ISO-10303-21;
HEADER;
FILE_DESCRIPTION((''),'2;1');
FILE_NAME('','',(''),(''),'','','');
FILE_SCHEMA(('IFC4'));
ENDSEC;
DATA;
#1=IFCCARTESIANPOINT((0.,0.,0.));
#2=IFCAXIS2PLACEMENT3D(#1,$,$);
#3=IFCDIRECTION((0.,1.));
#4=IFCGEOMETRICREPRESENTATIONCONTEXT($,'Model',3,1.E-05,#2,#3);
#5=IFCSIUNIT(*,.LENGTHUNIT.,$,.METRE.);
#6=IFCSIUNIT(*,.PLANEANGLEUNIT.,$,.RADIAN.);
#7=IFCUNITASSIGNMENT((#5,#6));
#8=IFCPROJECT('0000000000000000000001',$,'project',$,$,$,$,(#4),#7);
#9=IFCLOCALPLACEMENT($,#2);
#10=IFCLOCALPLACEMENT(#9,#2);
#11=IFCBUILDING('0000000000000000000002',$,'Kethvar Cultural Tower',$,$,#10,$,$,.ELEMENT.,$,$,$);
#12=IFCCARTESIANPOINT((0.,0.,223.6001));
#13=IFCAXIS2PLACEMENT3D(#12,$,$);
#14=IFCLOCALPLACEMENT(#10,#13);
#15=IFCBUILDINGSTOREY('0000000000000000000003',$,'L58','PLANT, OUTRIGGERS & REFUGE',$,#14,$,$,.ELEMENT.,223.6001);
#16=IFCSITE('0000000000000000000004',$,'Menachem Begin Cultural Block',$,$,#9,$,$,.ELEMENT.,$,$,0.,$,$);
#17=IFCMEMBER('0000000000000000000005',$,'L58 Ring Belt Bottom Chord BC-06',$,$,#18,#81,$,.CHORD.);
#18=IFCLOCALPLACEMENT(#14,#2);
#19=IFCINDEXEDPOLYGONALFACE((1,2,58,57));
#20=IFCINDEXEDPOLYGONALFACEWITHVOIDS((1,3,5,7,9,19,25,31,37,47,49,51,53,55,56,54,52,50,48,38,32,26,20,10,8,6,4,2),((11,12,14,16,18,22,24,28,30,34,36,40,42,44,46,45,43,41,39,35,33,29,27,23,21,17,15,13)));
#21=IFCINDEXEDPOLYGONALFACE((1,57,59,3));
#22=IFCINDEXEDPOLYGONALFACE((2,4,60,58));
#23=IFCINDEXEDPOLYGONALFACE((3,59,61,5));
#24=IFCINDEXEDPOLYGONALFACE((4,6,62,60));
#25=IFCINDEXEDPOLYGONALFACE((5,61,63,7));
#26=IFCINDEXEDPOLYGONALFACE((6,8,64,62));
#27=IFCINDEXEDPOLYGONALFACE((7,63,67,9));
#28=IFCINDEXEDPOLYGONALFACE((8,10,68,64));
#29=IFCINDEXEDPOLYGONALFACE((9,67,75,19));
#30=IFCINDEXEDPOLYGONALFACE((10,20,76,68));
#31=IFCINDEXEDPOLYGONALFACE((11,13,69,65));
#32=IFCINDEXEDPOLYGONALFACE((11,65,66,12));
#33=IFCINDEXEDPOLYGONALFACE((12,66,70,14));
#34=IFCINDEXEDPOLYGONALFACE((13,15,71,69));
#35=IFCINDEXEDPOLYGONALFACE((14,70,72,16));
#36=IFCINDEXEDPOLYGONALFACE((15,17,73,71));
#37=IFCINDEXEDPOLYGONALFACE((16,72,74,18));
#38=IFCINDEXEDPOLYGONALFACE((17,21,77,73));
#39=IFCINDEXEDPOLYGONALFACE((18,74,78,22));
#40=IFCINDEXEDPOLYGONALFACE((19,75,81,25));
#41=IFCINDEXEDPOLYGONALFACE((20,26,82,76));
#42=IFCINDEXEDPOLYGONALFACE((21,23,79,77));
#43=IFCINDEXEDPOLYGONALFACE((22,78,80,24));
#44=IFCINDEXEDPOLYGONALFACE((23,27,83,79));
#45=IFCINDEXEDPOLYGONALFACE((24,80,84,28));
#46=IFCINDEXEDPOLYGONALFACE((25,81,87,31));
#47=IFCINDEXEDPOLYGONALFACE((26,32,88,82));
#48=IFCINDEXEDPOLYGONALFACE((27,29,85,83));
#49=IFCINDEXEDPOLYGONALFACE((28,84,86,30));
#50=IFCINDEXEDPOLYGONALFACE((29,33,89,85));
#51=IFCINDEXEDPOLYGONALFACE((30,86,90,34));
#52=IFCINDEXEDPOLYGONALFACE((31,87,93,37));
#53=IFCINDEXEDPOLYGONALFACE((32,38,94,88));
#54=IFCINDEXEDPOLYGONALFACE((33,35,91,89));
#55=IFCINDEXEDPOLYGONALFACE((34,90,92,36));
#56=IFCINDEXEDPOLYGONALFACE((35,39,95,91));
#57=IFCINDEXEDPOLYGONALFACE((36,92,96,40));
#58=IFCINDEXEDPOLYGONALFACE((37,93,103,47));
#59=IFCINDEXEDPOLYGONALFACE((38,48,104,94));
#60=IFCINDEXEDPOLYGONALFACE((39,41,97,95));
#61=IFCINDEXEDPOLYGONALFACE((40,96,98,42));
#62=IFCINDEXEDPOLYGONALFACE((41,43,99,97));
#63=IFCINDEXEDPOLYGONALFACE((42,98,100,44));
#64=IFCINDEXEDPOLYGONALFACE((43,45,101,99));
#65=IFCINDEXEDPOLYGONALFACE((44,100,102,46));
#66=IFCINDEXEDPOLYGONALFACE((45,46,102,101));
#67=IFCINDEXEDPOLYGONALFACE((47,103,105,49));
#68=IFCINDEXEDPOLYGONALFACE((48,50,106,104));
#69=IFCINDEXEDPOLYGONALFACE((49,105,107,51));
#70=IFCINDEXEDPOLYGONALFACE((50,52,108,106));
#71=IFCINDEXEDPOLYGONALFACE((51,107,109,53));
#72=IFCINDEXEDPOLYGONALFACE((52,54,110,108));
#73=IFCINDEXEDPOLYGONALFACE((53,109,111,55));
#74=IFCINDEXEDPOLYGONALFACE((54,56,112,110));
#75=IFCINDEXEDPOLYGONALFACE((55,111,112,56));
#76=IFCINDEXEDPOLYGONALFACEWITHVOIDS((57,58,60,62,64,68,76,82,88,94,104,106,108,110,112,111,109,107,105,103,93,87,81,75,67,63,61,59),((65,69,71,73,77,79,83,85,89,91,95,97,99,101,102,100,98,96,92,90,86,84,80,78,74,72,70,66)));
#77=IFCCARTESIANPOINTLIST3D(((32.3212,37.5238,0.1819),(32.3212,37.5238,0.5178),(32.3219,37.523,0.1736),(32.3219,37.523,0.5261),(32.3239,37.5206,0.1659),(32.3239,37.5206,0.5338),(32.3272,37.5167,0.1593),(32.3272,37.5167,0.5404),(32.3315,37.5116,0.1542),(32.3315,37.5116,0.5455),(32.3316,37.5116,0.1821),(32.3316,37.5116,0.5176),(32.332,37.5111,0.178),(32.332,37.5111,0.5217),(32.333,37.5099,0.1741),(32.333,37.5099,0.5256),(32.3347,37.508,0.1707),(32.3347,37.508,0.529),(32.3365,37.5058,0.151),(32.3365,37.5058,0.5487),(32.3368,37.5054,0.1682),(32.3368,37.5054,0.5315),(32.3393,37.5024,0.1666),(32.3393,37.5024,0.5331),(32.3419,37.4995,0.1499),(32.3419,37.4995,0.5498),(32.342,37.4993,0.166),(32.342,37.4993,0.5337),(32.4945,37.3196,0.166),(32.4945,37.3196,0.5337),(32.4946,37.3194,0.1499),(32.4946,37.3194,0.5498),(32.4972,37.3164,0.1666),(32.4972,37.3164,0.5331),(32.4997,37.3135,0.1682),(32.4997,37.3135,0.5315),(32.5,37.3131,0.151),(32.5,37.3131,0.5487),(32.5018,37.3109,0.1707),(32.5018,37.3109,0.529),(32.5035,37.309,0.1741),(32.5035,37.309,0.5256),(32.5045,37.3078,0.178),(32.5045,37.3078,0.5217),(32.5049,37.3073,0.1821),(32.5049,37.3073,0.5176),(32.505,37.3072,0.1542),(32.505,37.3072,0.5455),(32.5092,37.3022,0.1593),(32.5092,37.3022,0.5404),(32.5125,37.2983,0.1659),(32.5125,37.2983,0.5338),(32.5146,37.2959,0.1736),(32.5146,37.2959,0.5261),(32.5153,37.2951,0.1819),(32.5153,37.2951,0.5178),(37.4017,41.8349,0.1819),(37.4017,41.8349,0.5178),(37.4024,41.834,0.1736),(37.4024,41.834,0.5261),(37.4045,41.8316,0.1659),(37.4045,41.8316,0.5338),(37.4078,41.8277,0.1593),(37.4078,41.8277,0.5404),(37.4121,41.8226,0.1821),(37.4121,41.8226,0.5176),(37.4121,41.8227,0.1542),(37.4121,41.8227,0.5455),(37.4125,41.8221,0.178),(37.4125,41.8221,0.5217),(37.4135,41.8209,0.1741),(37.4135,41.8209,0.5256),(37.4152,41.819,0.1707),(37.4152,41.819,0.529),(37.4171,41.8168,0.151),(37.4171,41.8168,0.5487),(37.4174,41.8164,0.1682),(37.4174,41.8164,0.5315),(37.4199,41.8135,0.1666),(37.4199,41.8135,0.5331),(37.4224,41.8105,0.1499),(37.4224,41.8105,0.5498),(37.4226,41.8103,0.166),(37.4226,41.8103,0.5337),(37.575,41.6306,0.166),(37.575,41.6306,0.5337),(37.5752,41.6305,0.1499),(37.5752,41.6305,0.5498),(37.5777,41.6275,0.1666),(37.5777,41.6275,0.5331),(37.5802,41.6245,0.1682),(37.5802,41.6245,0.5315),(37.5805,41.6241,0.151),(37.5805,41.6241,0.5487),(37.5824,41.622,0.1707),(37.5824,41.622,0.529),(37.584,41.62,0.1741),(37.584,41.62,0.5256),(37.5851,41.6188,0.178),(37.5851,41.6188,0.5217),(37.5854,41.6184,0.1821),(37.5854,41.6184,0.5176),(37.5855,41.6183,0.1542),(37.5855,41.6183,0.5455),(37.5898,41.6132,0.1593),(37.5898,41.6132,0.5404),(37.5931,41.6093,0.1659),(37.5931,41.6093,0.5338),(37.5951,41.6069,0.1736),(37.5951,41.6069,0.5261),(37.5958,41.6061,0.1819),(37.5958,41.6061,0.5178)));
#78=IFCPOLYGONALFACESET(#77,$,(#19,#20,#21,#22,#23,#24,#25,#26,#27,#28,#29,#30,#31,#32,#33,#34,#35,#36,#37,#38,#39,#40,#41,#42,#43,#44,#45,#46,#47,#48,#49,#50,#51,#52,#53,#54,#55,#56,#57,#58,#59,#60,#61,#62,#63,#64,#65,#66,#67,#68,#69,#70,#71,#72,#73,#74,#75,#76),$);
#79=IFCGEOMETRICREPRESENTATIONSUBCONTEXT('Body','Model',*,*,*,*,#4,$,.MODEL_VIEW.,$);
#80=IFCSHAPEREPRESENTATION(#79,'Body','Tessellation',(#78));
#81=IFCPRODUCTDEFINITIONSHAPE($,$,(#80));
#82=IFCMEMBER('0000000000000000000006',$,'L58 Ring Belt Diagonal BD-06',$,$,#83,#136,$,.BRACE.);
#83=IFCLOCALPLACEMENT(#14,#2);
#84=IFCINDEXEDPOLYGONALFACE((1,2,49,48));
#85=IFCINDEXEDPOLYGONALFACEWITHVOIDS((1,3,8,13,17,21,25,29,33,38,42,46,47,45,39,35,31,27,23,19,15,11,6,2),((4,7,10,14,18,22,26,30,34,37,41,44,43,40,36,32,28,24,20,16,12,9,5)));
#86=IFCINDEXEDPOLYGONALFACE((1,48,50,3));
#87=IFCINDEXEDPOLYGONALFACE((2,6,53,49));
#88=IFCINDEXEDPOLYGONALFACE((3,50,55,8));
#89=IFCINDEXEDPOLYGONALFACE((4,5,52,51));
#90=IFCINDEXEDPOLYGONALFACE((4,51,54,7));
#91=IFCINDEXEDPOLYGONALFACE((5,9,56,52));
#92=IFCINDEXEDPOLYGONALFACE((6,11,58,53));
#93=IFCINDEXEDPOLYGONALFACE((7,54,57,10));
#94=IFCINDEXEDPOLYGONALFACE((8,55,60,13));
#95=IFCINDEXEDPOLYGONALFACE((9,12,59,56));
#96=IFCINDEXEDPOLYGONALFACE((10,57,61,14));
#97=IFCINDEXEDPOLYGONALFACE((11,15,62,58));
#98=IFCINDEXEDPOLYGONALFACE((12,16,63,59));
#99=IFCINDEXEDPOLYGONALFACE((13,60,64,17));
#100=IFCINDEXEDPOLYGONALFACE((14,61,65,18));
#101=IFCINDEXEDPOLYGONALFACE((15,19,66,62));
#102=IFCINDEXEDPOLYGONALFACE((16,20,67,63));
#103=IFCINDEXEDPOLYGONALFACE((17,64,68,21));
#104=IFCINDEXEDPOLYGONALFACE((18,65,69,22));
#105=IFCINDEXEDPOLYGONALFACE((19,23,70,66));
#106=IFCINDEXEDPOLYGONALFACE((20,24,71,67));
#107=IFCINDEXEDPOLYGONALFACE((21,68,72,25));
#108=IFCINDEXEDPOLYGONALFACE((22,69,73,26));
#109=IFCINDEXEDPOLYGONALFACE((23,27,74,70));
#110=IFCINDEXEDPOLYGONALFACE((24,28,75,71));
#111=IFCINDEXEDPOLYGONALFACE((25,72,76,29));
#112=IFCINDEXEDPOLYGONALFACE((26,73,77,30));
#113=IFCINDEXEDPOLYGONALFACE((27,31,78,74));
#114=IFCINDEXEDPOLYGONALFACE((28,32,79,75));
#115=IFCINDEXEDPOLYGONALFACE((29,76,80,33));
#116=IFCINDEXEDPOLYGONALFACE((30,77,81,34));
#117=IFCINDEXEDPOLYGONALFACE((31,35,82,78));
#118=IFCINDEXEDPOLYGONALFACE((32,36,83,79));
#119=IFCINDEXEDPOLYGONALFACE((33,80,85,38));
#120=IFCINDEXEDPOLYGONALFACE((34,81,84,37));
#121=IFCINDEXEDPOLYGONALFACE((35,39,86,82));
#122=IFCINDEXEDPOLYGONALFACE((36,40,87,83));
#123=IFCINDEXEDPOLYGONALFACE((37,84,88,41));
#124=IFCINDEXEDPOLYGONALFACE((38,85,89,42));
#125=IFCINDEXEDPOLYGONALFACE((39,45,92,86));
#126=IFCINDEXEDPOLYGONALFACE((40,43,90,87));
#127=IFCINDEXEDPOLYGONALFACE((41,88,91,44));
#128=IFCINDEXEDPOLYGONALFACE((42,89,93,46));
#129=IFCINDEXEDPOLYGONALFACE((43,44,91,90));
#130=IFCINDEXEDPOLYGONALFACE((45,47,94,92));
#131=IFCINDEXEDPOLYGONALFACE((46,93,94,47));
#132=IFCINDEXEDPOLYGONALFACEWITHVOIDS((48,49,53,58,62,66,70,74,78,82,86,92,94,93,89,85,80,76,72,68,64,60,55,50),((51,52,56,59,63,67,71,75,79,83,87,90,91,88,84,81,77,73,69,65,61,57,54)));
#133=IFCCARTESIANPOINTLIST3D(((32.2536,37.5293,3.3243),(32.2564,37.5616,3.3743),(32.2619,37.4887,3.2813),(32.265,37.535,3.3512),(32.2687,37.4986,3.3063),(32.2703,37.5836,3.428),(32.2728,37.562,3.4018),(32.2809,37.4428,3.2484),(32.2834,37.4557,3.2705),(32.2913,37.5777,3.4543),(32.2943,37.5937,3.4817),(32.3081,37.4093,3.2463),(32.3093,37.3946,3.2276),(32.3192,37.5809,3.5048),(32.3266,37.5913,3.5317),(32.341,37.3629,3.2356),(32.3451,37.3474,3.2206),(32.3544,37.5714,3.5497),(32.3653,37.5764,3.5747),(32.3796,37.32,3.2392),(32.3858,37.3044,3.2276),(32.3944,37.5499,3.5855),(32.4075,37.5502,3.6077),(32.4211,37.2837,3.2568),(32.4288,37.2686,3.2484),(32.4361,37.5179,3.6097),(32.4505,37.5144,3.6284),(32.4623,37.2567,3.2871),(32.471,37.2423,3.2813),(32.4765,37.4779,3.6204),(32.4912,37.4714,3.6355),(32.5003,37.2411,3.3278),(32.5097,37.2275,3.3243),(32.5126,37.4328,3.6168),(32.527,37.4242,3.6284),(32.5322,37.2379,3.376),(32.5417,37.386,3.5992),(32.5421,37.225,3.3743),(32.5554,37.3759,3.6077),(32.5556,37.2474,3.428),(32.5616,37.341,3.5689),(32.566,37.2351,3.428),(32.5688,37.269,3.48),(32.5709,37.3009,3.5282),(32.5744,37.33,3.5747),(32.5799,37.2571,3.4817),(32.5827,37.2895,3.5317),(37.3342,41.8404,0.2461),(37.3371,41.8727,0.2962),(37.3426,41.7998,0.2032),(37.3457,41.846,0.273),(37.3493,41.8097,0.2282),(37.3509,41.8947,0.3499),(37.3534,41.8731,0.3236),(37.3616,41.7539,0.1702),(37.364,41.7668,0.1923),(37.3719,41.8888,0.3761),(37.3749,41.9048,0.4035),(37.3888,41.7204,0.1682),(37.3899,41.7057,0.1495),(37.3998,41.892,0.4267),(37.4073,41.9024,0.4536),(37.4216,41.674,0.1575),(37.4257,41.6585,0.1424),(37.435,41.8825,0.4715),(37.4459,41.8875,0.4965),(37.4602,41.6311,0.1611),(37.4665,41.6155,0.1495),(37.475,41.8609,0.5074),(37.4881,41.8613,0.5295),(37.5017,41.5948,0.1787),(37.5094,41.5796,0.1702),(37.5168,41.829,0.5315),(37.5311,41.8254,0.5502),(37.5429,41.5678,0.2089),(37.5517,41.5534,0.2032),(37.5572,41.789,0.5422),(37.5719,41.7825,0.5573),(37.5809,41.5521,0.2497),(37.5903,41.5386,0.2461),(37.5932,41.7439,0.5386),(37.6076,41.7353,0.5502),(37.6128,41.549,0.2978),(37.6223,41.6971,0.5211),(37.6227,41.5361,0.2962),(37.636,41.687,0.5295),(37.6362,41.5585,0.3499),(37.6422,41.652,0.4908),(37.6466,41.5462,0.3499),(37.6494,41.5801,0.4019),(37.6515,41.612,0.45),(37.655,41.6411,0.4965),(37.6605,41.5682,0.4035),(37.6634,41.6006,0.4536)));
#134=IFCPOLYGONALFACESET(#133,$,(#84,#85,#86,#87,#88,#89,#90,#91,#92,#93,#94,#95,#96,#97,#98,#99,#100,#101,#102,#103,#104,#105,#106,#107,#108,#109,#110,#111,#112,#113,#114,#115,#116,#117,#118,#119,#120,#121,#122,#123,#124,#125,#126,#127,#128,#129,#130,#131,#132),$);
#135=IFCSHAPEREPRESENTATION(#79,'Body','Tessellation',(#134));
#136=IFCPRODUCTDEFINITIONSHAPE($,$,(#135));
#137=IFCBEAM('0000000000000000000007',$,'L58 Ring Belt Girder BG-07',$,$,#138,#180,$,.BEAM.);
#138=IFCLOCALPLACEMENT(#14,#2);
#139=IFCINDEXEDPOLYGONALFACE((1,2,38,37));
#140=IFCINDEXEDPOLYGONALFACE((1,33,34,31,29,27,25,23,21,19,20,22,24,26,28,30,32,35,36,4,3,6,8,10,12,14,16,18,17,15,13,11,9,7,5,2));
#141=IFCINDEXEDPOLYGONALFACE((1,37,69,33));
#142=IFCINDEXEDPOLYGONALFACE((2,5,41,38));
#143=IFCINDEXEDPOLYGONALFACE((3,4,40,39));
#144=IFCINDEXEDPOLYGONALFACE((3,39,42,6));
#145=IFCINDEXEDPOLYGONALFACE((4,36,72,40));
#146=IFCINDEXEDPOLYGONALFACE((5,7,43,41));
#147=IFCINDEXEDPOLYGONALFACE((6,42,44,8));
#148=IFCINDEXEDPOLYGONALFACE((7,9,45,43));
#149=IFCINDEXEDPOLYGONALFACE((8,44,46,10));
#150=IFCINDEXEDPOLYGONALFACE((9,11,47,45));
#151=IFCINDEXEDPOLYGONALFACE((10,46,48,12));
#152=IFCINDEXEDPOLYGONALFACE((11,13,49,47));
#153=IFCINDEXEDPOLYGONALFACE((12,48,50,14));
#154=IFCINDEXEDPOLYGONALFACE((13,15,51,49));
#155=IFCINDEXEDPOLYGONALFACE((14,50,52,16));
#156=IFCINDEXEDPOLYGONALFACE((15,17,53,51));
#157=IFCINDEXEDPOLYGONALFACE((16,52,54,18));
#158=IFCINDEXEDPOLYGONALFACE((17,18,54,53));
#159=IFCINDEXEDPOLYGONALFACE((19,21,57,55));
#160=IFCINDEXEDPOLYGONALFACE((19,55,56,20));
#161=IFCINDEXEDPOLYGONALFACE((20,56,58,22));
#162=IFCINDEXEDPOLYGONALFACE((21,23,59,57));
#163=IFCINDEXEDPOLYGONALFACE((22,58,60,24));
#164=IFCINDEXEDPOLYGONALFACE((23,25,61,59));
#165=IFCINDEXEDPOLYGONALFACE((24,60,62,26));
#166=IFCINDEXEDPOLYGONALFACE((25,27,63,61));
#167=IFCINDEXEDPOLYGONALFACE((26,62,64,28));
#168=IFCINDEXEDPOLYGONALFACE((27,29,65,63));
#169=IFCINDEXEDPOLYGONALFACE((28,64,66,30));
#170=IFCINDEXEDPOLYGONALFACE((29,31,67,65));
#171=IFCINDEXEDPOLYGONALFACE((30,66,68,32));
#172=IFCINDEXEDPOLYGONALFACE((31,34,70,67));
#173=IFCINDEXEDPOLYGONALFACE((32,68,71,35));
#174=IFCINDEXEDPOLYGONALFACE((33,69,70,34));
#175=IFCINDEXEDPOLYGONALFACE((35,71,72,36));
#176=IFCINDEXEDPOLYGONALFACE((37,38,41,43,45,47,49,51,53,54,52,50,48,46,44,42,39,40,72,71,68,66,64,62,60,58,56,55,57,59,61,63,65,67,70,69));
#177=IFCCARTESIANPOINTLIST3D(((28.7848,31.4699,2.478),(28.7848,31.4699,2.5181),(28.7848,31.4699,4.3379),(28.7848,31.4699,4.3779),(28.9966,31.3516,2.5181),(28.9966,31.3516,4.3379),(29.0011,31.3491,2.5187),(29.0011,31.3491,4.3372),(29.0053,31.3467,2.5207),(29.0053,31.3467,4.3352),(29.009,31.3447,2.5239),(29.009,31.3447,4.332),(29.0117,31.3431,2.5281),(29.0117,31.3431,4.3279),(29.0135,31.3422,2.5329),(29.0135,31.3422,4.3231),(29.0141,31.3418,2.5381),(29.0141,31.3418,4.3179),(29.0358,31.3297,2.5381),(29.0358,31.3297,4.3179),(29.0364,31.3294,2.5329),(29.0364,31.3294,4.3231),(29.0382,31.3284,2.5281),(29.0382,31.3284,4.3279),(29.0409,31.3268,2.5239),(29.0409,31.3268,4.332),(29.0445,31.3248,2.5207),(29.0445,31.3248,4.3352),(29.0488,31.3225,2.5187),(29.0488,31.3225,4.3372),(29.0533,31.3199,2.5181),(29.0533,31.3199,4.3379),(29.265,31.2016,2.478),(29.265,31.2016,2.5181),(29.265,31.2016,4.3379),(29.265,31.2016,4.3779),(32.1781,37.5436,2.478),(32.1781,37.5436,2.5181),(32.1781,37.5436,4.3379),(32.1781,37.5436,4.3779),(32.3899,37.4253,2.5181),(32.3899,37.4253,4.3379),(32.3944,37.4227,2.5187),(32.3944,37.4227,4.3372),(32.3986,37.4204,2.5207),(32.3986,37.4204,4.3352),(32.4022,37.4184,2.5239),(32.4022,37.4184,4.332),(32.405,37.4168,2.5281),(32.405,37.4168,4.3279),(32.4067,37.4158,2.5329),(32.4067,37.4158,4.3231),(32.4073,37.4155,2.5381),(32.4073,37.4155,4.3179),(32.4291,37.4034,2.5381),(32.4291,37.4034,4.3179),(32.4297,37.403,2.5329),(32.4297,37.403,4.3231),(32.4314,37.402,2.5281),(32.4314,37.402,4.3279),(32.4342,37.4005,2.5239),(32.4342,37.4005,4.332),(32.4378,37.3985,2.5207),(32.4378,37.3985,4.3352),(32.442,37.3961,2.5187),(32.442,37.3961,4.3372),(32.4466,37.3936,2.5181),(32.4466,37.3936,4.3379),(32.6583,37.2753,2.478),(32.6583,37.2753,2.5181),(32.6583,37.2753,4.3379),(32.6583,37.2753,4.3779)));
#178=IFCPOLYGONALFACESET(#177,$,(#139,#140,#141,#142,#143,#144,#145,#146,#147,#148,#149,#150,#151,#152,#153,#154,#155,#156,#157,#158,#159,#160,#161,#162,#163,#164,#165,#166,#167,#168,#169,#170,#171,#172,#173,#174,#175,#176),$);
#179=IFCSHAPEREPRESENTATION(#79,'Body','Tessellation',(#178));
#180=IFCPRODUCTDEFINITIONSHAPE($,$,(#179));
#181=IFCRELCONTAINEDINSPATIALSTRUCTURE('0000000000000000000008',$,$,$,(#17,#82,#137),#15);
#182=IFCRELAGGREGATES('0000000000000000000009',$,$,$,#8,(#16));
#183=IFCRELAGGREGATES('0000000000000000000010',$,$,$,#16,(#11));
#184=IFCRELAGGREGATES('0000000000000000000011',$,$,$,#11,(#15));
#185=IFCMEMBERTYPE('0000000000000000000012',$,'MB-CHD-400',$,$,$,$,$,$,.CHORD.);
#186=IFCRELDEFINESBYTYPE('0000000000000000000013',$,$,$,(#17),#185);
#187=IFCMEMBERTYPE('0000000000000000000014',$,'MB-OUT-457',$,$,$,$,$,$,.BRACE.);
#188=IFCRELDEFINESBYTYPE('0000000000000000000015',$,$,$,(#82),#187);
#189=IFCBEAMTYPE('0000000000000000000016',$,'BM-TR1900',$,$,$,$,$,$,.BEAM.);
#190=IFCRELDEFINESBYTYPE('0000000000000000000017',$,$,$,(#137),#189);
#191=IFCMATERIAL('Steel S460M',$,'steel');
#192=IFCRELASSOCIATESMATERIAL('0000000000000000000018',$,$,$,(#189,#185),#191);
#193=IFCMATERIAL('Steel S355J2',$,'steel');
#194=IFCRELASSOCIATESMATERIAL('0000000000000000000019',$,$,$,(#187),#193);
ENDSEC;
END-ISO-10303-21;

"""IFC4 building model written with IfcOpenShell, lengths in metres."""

from ifc_helpers import new_model, si_unit, direction, frame, origin, origin_2d, place, context, subcontext, project, spatial, hollow_rectangle, hollow_circle, i_section, extrude, source, transform, mapped, material, material_profile, profile_set, type_object, element, save


model = new_model("IFC4")

# Units and contexts
model_context = context("Model", 3, precision=1e-05, world=origin(), true_north=direction((0.0, 1.0)))
body_context = subcontext(model_context, "Body", "Model", "MODEL_VIEW")
ifc_project = project(units=[si_unit("LENGTHUNIT", "METRE"), si_unit("PLANEANGLEUNIT", "RADIAN")], contexts=[model_context])

# Site, building, storey
site_placement = place(None, origin())
site = spatial("IfcSite", under=ifc_project, at=site_placement, Name="Menachem Begin Cultural Block", CompositionType="ELEMENT", RefElevation=0.0)
building_placement = place(site_placement, origin())
building = spatial("IfcBuilding", under=site, at=building_placement, Name="Kethvar Cultural Tower", CompositionType="ELEMENT")
storey_placement = place(building_placement, frame((0.0, 0.0, 223.6001)))
storey = spatial("IfcBuildingStorey", under=building, at=storey_placement, Name="L58", Description="PLANT, OUTRIGGERS & REFUGE", CompositionType="ELEMENT", Elevation=223.6001)

# Shared definitions
ifc_material_1 = material(Name="Steel S460M", Category="steel")

# Shared definitions
ifc_material_profile_1 = material_profile(ifc_material_1, i_section(OverallWidth=0.55, OverallDepth=1.8999, WebThickness=0.0249, FlangeThickness=0.04, FilletRadius=0.02, at=origin_2d()), Name="Steel S460M — PG1900x550x40x25")
ifc_profile_set_1 = profile_set([ifc_material_profile_1], Name="Steel S460M — PG1900x550x40x25")
beam_type = type_object("IfcBeamType", Name="BM-TR1900", PredefinedType="BEAM", material=ifc_profile_set_1)

# Members
ifc_material_profile_2 = material_profile(ifc_material_1, hollow_rectangle(XDim=0.3, YDim=0.3999, WallThickness=0.0161, InnerFilletRadius=0.0161, OuterFilletRadius=0.032, at=origin_2d()), Name="Steel S460M — RHS400x300x16")
ifc_profile_set_2 = profile_set([ifc_material_profile_2], Name="Steel S460M — RHS400x300x16")
member_type_1 = type_object("IfcMemberType", Name="MB-CHD-400", PredefinedType="CHORD", material=ifc_profile_set_2)
shared_shape_1 = source(origin(), body_context, "Body", "SweptSolid", [
    extrude(hollow_rectangle(XDim=0.3, YDim=0.3999, WallThickness=0.0161, InnerFilletRadius=0.0161, OuterFilletRadius=0.032, at=origin_2d()), origin(), (0.0, 0.0, 1.0), 6.6631),
])
member_1_placement = place(storey_placement, frame((37.4988, 41.7205, 0.3499), z_axis=(-0.762491, -0.646999, 0.0), x_axis=(0.646999, -0.762491, 0.0)))
element("IfcMember", 1, at=member_1_placement, inside=storey, type_object=member_type_1, Name="L58 Ring Belt Bottom Chord BC-06", PredefinedType="CHORD", context=body_context, shape_type="MappedRepresentation", body=[
    mapped(shared_shape_1, transform((0.0, 0.0, 0.0), scale=1.0)),
])
ifc_material_2 = material(Name="Steel S355J2", Category="steel")
ifc_material_profile_3 = material_profile(ifc_material_2, hollow_circle(Radius=0.2285, WallThickness=0.0161, at=origin_2d()), Name="Steel S355J2 — CHS457x16")
ifc_profile_set_3 = profile_set([ifc_material_profile_3], Name="Steel S355J2 — CHS457x16")
member_type_2 = type_object("IfcMemberType", Name="MB-OUT-457", PredefinedType="BRACE", material=ifc_profile_set_3)
shared_shape_2 = source(origin(), body_context, "Body", "SweptSolid", [
    extrude(hollow_circle(Radius=0.2285, WallThickness=0.0161, at=origin_2d()), origin(), (0.0, 0.0, 1.0), 7.3398),
])
member_2_placement = place(storey_placement, frame((37.4988, 41.7205, 0.3499), z_axis=(-0.692198, -0.587354, 0.419377), x_axis=(0.646999, -0.762491, 0.0)))
element("IfcMember", 2, at=member_2_placement, inside=storey, type_object=member_type_2, Name="L58 Ring Belt Diagonal BD-06", PredefinedType="BRACE", context=body_context, shape_type="MappedRepresentation", body=[
    mapped(shared_shape_2, transform((0.0, 0.0, 0.0), scale=1.0)),
])

# Beam
shared_shape_3 = source(origin(), body_context, "Body", "SweptSolid", [
    extrude(i_section(OverallWidth=0.55, OverallDepth=1.8999, WebThickness=0.0249, FlangeThickness=0.04, FilletRadius=0.02, at=origin_2d()), origin(), (0.0, 0.0, 1.0), 6.9573),
])
beam_1_placement = place(storey_placement, frame((32.4182, 37.4094, 3.428), z_axis=(-0.48773, -0.872994, 0.0), x_axis=(0.872994, -0.48773, 0.0)))
element("IfcBeam", 3, at=beam_1_placement, inside=storey, type_object=beam_type, Name="L58 Ring Belt Girder BG-07", PredefinedType="BEAM", context=body_context, shape_type="MappedRepresentation", body=[
    mapped(shared_shape_3, transform((0.0, 0.0, 0.0), scale=1.0)),
])

save(model, "model.ifc")
